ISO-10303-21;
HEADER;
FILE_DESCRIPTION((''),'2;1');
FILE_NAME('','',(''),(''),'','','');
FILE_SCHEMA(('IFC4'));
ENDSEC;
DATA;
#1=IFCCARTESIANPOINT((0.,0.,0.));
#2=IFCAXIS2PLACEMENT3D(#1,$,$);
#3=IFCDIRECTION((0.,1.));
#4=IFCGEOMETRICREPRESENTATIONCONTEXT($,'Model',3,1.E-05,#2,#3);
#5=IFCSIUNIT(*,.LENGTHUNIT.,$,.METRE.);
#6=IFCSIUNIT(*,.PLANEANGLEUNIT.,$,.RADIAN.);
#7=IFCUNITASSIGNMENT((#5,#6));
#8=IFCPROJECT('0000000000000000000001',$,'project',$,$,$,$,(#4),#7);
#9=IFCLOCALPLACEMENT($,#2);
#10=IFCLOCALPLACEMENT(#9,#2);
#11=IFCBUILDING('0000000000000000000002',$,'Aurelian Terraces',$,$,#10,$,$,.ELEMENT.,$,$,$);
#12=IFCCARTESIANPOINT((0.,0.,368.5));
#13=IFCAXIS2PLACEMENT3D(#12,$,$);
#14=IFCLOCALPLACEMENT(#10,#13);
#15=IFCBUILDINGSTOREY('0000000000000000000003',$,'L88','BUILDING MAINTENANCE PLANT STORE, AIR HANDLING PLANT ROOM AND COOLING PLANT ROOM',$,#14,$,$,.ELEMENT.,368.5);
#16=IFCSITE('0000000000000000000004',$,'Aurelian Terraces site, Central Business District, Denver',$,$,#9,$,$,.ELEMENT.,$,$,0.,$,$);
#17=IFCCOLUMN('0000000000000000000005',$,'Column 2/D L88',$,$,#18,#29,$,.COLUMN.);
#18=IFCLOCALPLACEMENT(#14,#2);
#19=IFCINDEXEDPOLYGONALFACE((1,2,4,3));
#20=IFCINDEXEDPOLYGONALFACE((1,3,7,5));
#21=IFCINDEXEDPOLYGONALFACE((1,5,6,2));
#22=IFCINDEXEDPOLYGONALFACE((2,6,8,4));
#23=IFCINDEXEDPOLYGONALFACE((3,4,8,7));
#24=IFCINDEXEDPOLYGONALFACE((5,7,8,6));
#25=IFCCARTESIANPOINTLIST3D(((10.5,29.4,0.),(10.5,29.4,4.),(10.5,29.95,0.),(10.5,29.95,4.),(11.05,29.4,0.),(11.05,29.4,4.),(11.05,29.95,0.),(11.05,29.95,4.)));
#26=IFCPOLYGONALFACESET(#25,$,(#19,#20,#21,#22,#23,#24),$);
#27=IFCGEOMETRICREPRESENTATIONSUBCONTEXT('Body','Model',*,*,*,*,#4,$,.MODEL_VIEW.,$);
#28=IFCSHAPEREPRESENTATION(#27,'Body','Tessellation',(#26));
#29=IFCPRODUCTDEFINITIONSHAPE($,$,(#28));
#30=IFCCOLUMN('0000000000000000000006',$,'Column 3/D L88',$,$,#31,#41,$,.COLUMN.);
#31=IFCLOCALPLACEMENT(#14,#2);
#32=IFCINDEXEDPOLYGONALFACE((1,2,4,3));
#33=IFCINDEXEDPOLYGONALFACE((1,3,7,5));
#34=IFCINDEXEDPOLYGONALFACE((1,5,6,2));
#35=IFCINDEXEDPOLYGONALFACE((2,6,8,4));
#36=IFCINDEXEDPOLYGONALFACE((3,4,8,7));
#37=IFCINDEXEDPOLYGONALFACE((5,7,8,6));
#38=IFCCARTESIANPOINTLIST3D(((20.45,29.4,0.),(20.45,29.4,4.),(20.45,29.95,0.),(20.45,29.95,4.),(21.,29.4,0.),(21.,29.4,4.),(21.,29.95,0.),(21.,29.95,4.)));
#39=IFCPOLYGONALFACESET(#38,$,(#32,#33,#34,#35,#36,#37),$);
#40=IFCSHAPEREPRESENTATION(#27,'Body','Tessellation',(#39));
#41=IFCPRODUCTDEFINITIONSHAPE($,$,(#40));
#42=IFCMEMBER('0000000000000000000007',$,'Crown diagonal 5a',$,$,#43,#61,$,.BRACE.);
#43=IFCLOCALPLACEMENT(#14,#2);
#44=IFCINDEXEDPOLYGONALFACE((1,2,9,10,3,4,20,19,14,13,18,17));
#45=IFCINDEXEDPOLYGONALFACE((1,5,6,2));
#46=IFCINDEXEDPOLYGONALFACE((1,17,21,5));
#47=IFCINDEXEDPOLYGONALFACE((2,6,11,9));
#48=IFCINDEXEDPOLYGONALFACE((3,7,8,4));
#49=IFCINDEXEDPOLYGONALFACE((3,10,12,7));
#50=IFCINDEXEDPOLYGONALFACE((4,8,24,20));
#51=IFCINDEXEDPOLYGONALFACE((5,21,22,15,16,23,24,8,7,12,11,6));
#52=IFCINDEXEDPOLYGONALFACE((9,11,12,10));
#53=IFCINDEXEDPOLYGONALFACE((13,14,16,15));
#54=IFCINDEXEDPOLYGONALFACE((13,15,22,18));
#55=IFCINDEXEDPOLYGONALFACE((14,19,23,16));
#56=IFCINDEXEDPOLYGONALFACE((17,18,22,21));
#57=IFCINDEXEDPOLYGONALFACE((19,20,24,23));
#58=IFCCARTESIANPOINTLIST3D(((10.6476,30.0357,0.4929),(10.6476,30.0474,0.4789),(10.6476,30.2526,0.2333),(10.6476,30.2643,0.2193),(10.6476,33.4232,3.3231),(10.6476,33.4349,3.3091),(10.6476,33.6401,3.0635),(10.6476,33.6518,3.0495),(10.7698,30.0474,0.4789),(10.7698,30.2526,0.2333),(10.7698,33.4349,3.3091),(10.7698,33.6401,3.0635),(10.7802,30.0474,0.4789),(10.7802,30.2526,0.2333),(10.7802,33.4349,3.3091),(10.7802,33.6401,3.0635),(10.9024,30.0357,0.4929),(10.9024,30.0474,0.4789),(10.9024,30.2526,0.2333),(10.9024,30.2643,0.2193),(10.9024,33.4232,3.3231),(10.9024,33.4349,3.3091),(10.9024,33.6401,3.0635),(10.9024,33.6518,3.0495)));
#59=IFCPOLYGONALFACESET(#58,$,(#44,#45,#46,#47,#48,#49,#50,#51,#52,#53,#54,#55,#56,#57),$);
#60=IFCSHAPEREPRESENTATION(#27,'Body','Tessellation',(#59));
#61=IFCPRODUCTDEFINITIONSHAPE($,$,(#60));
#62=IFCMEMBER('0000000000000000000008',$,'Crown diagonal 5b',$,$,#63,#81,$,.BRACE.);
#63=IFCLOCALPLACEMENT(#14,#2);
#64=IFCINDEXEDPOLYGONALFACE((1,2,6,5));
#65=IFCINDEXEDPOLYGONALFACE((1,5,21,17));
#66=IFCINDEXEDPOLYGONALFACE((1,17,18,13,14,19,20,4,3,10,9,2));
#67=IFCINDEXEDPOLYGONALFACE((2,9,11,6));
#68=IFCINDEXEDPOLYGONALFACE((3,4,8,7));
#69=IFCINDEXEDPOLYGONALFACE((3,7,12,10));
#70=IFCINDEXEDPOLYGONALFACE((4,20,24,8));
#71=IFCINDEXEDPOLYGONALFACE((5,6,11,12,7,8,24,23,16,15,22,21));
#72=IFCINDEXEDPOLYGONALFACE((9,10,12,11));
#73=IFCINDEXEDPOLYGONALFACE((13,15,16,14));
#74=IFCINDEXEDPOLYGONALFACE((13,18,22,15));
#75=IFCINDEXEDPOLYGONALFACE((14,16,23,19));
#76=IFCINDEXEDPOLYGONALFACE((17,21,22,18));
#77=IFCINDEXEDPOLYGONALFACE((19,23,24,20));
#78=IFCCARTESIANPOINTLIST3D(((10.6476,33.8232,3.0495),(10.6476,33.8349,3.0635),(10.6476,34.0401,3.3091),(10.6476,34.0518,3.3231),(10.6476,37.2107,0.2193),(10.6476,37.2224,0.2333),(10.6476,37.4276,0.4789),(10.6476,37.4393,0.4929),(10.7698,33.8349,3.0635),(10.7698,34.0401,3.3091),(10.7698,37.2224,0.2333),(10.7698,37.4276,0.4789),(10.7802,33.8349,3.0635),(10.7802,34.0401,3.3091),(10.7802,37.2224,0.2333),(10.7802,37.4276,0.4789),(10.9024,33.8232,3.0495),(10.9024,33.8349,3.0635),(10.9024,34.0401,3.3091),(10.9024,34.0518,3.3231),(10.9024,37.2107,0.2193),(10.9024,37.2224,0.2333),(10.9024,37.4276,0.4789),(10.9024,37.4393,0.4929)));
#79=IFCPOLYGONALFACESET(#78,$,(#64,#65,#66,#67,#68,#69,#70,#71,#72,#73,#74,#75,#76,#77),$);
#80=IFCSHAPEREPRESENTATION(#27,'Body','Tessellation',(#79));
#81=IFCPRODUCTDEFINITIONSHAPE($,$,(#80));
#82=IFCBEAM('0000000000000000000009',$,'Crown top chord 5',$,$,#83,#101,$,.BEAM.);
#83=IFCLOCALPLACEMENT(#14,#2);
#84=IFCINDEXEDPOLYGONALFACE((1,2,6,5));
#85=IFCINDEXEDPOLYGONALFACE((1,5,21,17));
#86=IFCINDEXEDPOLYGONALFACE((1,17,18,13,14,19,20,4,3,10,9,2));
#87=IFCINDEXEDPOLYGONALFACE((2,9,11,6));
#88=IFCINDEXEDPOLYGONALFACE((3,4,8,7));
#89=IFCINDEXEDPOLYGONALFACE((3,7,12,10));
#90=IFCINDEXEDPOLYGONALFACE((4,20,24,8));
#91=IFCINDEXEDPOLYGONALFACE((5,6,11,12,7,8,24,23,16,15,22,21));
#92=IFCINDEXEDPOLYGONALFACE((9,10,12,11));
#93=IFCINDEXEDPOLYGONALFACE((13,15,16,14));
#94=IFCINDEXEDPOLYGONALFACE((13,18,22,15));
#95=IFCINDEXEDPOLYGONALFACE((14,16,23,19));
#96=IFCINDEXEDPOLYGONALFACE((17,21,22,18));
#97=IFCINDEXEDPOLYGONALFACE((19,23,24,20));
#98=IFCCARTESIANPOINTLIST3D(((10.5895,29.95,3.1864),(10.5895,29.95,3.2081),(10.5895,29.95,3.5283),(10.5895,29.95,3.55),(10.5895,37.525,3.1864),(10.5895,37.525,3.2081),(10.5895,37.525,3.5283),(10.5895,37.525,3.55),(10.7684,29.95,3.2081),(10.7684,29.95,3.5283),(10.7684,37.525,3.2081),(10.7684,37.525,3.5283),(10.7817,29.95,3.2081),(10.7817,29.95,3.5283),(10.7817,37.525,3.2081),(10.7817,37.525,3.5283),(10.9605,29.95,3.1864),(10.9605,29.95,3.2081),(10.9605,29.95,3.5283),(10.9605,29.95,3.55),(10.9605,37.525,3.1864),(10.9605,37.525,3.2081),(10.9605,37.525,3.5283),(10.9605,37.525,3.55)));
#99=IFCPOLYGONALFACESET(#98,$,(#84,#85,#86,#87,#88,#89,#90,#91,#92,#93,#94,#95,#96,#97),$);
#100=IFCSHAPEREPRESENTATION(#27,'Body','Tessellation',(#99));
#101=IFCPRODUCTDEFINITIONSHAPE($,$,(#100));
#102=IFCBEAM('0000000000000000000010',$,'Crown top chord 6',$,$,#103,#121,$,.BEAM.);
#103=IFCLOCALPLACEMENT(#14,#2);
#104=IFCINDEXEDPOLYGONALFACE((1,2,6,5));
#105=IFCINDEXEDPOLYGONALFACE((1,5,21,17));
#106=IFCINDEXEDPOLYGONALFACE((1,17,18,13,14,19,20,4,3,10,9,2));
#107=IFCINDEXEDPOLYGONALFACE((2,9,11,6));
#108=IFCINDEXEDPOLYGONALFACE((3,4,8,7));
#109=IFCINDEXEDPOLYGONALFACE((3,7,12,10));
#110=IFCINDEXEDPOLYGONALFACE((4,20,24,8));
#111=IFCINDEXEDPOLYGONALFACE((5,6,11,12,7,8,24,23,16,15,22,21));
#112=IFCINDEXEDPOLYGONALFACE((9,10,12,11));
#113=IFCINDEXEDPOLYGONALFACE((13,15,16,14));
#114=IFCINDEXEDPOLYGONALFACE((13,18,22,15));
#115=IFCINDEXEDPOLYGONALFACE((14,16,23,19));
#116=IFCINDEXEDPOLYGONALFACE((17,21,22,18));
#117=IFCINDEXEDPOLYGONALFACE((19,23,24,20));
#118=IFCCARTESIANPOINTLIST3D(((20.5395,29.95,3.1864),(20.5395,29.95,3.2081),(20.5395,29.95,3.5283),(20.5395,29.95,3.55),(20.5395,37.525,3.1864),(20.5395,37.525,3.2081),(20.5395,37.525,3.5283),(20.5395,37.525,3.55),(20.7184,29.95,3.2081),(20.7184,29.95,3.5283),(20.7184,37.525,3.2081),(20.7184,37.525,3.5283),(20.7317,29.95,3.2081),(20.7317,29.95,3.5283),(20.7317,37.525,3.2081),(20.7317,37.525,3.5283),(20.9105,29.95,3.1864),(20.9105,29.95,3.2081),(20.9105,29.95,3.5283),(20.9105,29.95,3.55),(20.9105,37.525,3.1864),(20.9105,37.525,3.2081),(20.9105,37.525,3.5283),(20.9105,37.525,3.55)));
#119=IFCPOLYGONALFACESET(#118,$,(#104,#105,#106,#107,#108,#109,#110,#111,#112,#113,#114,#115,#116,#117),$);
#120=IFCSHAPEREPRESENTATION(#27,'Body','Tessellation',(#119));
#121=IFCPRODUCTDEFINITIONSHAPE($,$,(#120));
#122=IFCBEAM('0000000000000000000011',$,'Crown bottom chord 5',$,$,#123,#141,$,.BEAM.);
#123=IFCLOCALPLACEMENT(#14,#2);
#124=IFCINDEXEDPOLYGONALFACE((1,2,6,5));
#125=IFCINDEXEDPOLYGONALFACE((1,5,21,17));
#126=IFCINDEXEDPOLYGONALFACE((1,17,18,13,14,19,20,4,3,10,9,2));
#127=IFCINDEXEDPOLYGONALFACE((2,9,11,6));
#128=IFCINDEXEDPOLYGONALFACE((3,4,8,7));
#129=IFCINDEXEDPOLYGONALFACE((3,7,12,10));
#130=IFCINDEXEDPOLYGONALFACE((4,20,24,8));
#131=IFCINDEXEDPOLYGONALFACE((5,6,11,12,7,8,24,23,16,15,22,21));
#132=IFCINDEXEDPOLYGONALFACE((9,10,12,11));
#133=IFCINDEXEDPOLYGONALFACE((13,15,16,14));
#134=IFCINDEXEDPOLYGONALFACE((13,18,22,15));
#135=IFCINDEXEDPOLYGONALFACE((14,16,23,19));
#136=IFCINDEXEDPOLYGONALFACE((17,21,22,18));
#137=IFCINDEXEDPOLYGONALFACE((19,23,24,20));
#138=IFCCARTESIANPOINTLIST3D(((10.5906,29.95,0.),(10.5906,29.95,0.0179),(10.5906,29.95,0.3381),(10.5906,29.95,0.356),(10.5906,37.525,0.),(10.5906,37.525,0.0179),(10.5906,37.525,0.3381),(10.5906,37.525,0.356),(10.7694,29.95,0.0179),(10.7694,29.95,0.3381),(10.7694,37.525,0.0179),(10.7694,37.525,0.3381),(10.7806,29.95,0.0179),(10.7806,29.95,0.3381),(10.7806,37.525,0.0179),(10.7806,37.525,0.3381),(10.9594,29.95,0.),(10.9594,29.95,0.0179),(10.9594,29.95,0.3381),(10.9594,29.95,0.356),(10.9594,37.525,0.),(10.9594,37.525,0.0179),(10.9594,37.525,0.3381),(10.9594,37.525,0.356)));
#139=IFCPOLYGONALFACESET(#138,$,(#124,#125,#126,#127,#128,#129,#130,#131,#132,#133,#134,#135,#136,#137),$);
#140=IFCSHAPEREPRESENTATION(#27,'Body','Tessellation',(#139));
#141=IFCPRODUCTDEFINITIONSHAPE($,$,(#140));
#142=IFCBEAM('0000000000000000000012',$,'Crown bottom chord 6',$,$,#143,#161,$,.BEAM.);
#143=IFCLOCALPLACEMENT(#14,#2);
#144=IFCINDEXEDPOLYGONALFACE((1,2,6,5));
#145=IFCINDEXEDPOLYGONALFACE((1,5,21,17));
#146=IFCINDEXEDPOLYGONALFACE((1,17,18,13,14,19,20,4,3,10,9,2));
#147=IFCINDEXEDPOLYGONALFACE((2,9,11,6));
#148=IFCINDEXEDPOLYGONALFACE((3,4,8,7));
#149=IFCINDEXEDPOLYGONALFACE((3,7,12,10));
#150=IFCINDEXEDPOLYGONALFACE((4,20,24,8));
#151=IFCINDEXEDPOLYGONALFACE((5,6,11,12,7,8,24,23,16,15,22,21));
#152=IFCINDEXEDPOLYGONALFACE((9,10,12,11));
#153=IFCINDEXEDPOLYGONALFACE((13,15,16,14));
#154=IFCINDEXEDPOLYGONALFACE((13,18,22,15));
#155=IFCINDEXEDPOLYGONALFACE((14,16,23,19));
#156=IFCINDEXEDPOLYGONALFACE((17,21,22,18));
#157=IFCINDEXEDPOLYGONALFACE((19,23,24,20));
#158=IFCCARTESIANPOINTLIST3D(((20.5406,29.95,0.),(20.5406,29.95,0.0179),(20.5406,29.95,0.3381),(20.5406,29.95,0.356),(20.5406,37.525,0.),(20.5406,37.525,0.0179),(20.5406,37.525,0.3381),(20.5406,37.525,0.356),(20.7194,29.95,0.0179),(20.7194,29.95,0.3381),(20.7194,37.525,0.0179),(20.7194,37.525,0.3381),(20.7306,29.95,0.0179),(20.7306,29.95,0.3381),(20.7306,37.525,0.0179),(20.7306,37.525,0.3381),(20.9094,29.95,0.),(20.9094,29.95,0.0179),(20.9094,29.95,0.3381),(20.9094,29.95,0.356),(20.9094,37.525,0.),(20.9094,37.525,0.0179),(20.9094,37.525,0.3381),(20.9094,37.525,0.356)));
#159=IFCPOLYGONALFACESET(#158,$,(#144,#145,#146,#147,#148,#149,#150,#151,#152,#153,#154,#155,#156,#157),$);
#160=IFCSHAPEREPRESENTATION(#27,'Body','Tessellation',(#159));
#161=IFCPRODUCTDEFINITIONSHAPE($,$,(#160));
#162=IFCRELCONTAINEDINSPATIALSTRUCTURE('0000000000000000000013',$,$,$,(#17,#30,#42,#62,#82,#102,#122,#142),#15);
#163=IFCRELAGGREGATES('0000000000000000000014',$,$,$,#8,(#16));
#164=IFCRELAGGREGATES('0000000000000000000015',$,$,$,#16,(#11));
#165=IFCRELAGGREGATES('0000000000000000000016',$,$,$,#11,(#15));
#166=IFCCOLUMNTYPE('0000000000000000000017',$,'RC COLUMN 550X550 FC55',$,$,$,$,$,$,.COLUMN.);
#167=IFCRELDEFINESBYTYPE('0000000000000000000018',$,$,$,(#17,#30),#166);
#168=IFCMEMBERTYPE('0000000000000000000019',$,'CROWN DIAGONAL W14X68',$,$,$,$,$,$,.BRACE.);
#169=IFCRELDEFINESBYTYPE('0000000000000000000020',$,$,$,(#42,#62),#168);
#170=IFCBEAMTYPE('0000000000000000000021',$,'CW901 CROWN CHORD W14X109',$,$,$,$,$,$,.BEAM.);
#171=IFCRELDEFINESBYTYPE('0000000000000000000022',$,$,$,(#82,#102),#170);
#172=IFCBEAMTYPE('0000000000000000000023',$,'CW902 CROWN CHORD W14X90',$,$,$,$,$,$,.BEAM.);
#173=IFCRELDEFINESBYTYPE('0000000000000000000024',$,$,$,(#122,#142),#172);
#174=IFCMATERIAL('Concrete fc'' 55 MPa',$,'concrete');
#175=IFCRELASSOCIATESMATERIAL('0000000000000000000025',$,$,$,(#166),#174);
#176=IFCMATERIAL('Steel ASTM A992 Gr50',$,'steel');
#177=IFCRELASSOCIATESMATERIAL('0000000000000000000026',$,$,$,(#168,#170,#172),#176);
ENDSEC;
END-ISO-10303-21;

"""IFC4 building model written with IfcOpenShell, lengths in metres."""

from ifc_helpers import new_model, si_unit, direction, frame, origin, origin_2d, place, context, subcontext, project, spatial, rectangle, i_section, extrude, source, transform, mapped, material, material_profile, profile_set, type_object, element, save


model = new_model("IFC4")

# Units and contexts
model_context = context("Model", 3, precision=1e-05, world=origin(), true_north=direction((0.0, 1.0)))
body_context = subcontext(model_context, "Body", "Model", "MODEL_VIEW")
ifc_project = project(units=[si_unit("LENGTHUNIT", "METRE"), si_unit("PLANEANGLEUNIT", "RADIAN")], contexts=[model_context])

# Site, building, storey
site_placement = place(None, origin())
site = spatial("IfcSite", under=ifc_project, at=site_placement, Name="Aurelian Terraces site, Central Business District, Denver", CompositionType="ELEMENT", RefElevation=0.0)
building_placement = place(site_placement, origin())
building = spatial("IfcBuilding", under=site, at=building_placement, Name="Aurelian Terraces", CompositionType="ELEMENT")
storey_placement = place(building_placement, frame((0.0, 0.0, 368.5)))
storey = spatial("IfcBuildingStorey", under=building, at=storey_placement, Name="L88", Description="BUILDING MAINTENANCE PLANT STORE, AIR HANDLING PLANT ROOM AND COOLING PLANT ROOM", CompositionType="ELEMENT", Elevation=368.5)

# Columns
ifc_material_1 = material(Name="Concrete fc' 55 MPa", Category="concrete")
ifc_material_profile_1 = material_profile(ifc_material_1, rectangle(XDim=0.55, YDim=0.55, at=origin_2d()))
ifc_profile_set_1 = profile_set([ifc_material_profile_1], Name="Concrete fc' 55 MPa")
column_type = type_object("IfcColumnType", Name="RC COLUMN 550X550 FC55", PredefinedType="COLUMN", material=ifc_profile_set_1)
shared_shape_1 = source(origin(), body_context, "Body", "SweptSolid", [
    extrude(rectangle(XDim=0.55, YDim=0.55, at=origin_2d()), origin(), (0.0, 0.0, 1.0), 4.0),
])
for number, where, z_axis, x_axis, name in (
    (1, (10.775, 29.675, 0.0), (0.0, 0.0, 1.0), (1.0, 0.0, 0.0), "Column 2/D L88"),
    (2, (20.725, 29.675, 0.0), (0.0, 0.0, 1.0), (1.0, 0.0, 0.0), "Column 3/D L88"),
):
    element("IfcColumn", number, at=place(storey_placement, frame(where, z_axis=z_axis, x_axis=x_axis)), inside=storey, type_object=column_type, Name=name, PredefinedType="COLUMN", context=body_context, shape_type="MappedRepresentation", body=[
        mapped(shared_shape_1, transform((0.0, 0.0, 0.0), scale=1.0)),
    ])

# Members
ifc_material_2 = material(Name="Steel ASTM A992 Gr50", Category="steel")
ifc_material_profile_2 = material_profile(ifc_material_2, i_section(OverallWidth=0.2549, OverallDepth=0.3566, WebThickness=0.0105, FlangeThickness=0.0183, at=origin_2d()))
ifc_profile_set_2 = profile_set([ifc_material_profile_2], Name="Steel ASTM A992 Gr50")
member_type = type_object("IfcMemberType", Name="CROWN DIAGONAL W14X68", PredefinedType="BRACE", material=ifc_profile_set_2)
shared_shape_2 = source(origin(), body_context, "Body", "SweptSolid", [
    extrude(i_section(OverallWidth=0.2549, OverallDepth=0.3566, WebThickness=0.0105, FlangeThickness=0.0183, at=origin_2d()), origin(), (0.0, 0.0, 1.0), 4.4142),
])
for number, where, z_axis, x_axis, name in (
    (3, (10.775, 30.15, 0.3561), (0.0, 0.767409, 0.641158), (-1.0, 0.0, 0.0), "Crown diagonal 5a"),
    (4, (10.775, 33.9375, 3.1863), (0.0, 0.767409, -0.641158), (-1.0, 0.0, 0.0), "Crown diagonal 5b"),
):
    element("IfcMember", number, at=place(storey_placement, frame(where, z_axis=z_axis, x_axis=x_axis)), inside=storey, type_object=member_type, Name=name, PredefinedType="BRACE", context=body_context, shape_type="MappedRepresentation", body=[
        mapped(shared_shape_2, transform((0.0, 0.0, 0.0), scale=1.0)),
    ])

# Beams
ifc_material_profile_3 = material_profile(ifc_material_2, i_section(OverallWidth=0.371, OverallDepth=0.3637, WebThickness=0.0133, FlangeThickness=0.0218, at=origin_2d()))
ifc_profile_set_3 = profile_set([ifc_material_profile_3], Name="Steel ASTM A992 Gr50")
beam_type_1 = type_object("IfcBeamType", Name="CW901 CROWN CHORD W14X109", PredefinedType="BEAM", material=ifc_profile_set_3)
shared_shape_3 = source(origin(), body_context, "Body", "SweptSolid", [
    extrude(i_section(OverallWidth=0.371, OverallDepth=0.3637, WebThickness=0.0133, FlangeThickness=0.0218, at=origin_2d()), origin(), (0.0, 0.0, 1.0), 7.575),
])
for number, where, z_axis, x_axis, name in (
    (5, (10.775, 29.95, 3.3682), (0.0, 1.0, 0.0), (-1.0, 0.0, 0.0), "Crown top chord 5"),
    (6, (20.725, 29.95, 3.3682), (0.0, 1.0, 0.0), (-1.0, 0.0, 0.0), "Crown top chord 6"),
):
    element("IfcBeam", number, at=place(storey_placement, frame(where, z_axis=z_axis, x_axis=x_axis)), inside=storey, type_object=beam_type_1, Name=name, PredefinedType="BEAM", context=body_context, shape_type="MappedRepresentation", body=[
        mapped(shared_shape_3, transform((0.0, 0.0, 0.0), scale=1.0)),
    ])
ifc_material_profile_4 = material_profile(ifc_material_2, i_section(OverallWidth=0.3688, OverallDepth=0.3561, WebThickness=0.0112, FlangeThickness=0.018, at=origin_2d()))
ifc_profile_set_4 = profile_set([ifc_material_profile_4], Name="Steel ASTM A992 Gr50")
beam_type_2 = type_object("IfcBeamType", Name="CW902 CROWN CHORD W14X90", PredefinedType="BEAM", material=ifc_profile_set_4)
shared_shape_4 = source(origin(), body_context, "Body", "SweptSolid", [
    extrude(i_section(OverallWidth=0.3688, OverallDepth=0.3561, WebThickness=0.0112, FlangeThickness=0.018, at=origin_2d()), origin(), (0.0, 0.0, 1.0), 7.575),
])
for number, where, z_axis, x_axis, name in (
    (7, (10.775, 29.95, 0.178), (0.0, 1.0, 0.0), (-1.0, 0.0, 0.0), "Crown bottom chord 5"),
    (8, (20.725, 29.95, 0.178), (0.0, 1.0, 0.0), (-1.0, 0.0, 0.0), "Crown bottom chord 6"),
):
    element("IfcBeam", number, at=place(storey_placement, frame(where, z_axis=z_axis, x_axis=x_axis)), inside=storey, type_object=beam_type_2, Name=name, PredefinedType="BEAM", context=body_context, shape_type="MappedRepresentation", body=[
        mapped(shared_shape_4, transform((0.0, 0.0, 0.0), scale=1.0)),
    ])

save(model, "model.ifc")
